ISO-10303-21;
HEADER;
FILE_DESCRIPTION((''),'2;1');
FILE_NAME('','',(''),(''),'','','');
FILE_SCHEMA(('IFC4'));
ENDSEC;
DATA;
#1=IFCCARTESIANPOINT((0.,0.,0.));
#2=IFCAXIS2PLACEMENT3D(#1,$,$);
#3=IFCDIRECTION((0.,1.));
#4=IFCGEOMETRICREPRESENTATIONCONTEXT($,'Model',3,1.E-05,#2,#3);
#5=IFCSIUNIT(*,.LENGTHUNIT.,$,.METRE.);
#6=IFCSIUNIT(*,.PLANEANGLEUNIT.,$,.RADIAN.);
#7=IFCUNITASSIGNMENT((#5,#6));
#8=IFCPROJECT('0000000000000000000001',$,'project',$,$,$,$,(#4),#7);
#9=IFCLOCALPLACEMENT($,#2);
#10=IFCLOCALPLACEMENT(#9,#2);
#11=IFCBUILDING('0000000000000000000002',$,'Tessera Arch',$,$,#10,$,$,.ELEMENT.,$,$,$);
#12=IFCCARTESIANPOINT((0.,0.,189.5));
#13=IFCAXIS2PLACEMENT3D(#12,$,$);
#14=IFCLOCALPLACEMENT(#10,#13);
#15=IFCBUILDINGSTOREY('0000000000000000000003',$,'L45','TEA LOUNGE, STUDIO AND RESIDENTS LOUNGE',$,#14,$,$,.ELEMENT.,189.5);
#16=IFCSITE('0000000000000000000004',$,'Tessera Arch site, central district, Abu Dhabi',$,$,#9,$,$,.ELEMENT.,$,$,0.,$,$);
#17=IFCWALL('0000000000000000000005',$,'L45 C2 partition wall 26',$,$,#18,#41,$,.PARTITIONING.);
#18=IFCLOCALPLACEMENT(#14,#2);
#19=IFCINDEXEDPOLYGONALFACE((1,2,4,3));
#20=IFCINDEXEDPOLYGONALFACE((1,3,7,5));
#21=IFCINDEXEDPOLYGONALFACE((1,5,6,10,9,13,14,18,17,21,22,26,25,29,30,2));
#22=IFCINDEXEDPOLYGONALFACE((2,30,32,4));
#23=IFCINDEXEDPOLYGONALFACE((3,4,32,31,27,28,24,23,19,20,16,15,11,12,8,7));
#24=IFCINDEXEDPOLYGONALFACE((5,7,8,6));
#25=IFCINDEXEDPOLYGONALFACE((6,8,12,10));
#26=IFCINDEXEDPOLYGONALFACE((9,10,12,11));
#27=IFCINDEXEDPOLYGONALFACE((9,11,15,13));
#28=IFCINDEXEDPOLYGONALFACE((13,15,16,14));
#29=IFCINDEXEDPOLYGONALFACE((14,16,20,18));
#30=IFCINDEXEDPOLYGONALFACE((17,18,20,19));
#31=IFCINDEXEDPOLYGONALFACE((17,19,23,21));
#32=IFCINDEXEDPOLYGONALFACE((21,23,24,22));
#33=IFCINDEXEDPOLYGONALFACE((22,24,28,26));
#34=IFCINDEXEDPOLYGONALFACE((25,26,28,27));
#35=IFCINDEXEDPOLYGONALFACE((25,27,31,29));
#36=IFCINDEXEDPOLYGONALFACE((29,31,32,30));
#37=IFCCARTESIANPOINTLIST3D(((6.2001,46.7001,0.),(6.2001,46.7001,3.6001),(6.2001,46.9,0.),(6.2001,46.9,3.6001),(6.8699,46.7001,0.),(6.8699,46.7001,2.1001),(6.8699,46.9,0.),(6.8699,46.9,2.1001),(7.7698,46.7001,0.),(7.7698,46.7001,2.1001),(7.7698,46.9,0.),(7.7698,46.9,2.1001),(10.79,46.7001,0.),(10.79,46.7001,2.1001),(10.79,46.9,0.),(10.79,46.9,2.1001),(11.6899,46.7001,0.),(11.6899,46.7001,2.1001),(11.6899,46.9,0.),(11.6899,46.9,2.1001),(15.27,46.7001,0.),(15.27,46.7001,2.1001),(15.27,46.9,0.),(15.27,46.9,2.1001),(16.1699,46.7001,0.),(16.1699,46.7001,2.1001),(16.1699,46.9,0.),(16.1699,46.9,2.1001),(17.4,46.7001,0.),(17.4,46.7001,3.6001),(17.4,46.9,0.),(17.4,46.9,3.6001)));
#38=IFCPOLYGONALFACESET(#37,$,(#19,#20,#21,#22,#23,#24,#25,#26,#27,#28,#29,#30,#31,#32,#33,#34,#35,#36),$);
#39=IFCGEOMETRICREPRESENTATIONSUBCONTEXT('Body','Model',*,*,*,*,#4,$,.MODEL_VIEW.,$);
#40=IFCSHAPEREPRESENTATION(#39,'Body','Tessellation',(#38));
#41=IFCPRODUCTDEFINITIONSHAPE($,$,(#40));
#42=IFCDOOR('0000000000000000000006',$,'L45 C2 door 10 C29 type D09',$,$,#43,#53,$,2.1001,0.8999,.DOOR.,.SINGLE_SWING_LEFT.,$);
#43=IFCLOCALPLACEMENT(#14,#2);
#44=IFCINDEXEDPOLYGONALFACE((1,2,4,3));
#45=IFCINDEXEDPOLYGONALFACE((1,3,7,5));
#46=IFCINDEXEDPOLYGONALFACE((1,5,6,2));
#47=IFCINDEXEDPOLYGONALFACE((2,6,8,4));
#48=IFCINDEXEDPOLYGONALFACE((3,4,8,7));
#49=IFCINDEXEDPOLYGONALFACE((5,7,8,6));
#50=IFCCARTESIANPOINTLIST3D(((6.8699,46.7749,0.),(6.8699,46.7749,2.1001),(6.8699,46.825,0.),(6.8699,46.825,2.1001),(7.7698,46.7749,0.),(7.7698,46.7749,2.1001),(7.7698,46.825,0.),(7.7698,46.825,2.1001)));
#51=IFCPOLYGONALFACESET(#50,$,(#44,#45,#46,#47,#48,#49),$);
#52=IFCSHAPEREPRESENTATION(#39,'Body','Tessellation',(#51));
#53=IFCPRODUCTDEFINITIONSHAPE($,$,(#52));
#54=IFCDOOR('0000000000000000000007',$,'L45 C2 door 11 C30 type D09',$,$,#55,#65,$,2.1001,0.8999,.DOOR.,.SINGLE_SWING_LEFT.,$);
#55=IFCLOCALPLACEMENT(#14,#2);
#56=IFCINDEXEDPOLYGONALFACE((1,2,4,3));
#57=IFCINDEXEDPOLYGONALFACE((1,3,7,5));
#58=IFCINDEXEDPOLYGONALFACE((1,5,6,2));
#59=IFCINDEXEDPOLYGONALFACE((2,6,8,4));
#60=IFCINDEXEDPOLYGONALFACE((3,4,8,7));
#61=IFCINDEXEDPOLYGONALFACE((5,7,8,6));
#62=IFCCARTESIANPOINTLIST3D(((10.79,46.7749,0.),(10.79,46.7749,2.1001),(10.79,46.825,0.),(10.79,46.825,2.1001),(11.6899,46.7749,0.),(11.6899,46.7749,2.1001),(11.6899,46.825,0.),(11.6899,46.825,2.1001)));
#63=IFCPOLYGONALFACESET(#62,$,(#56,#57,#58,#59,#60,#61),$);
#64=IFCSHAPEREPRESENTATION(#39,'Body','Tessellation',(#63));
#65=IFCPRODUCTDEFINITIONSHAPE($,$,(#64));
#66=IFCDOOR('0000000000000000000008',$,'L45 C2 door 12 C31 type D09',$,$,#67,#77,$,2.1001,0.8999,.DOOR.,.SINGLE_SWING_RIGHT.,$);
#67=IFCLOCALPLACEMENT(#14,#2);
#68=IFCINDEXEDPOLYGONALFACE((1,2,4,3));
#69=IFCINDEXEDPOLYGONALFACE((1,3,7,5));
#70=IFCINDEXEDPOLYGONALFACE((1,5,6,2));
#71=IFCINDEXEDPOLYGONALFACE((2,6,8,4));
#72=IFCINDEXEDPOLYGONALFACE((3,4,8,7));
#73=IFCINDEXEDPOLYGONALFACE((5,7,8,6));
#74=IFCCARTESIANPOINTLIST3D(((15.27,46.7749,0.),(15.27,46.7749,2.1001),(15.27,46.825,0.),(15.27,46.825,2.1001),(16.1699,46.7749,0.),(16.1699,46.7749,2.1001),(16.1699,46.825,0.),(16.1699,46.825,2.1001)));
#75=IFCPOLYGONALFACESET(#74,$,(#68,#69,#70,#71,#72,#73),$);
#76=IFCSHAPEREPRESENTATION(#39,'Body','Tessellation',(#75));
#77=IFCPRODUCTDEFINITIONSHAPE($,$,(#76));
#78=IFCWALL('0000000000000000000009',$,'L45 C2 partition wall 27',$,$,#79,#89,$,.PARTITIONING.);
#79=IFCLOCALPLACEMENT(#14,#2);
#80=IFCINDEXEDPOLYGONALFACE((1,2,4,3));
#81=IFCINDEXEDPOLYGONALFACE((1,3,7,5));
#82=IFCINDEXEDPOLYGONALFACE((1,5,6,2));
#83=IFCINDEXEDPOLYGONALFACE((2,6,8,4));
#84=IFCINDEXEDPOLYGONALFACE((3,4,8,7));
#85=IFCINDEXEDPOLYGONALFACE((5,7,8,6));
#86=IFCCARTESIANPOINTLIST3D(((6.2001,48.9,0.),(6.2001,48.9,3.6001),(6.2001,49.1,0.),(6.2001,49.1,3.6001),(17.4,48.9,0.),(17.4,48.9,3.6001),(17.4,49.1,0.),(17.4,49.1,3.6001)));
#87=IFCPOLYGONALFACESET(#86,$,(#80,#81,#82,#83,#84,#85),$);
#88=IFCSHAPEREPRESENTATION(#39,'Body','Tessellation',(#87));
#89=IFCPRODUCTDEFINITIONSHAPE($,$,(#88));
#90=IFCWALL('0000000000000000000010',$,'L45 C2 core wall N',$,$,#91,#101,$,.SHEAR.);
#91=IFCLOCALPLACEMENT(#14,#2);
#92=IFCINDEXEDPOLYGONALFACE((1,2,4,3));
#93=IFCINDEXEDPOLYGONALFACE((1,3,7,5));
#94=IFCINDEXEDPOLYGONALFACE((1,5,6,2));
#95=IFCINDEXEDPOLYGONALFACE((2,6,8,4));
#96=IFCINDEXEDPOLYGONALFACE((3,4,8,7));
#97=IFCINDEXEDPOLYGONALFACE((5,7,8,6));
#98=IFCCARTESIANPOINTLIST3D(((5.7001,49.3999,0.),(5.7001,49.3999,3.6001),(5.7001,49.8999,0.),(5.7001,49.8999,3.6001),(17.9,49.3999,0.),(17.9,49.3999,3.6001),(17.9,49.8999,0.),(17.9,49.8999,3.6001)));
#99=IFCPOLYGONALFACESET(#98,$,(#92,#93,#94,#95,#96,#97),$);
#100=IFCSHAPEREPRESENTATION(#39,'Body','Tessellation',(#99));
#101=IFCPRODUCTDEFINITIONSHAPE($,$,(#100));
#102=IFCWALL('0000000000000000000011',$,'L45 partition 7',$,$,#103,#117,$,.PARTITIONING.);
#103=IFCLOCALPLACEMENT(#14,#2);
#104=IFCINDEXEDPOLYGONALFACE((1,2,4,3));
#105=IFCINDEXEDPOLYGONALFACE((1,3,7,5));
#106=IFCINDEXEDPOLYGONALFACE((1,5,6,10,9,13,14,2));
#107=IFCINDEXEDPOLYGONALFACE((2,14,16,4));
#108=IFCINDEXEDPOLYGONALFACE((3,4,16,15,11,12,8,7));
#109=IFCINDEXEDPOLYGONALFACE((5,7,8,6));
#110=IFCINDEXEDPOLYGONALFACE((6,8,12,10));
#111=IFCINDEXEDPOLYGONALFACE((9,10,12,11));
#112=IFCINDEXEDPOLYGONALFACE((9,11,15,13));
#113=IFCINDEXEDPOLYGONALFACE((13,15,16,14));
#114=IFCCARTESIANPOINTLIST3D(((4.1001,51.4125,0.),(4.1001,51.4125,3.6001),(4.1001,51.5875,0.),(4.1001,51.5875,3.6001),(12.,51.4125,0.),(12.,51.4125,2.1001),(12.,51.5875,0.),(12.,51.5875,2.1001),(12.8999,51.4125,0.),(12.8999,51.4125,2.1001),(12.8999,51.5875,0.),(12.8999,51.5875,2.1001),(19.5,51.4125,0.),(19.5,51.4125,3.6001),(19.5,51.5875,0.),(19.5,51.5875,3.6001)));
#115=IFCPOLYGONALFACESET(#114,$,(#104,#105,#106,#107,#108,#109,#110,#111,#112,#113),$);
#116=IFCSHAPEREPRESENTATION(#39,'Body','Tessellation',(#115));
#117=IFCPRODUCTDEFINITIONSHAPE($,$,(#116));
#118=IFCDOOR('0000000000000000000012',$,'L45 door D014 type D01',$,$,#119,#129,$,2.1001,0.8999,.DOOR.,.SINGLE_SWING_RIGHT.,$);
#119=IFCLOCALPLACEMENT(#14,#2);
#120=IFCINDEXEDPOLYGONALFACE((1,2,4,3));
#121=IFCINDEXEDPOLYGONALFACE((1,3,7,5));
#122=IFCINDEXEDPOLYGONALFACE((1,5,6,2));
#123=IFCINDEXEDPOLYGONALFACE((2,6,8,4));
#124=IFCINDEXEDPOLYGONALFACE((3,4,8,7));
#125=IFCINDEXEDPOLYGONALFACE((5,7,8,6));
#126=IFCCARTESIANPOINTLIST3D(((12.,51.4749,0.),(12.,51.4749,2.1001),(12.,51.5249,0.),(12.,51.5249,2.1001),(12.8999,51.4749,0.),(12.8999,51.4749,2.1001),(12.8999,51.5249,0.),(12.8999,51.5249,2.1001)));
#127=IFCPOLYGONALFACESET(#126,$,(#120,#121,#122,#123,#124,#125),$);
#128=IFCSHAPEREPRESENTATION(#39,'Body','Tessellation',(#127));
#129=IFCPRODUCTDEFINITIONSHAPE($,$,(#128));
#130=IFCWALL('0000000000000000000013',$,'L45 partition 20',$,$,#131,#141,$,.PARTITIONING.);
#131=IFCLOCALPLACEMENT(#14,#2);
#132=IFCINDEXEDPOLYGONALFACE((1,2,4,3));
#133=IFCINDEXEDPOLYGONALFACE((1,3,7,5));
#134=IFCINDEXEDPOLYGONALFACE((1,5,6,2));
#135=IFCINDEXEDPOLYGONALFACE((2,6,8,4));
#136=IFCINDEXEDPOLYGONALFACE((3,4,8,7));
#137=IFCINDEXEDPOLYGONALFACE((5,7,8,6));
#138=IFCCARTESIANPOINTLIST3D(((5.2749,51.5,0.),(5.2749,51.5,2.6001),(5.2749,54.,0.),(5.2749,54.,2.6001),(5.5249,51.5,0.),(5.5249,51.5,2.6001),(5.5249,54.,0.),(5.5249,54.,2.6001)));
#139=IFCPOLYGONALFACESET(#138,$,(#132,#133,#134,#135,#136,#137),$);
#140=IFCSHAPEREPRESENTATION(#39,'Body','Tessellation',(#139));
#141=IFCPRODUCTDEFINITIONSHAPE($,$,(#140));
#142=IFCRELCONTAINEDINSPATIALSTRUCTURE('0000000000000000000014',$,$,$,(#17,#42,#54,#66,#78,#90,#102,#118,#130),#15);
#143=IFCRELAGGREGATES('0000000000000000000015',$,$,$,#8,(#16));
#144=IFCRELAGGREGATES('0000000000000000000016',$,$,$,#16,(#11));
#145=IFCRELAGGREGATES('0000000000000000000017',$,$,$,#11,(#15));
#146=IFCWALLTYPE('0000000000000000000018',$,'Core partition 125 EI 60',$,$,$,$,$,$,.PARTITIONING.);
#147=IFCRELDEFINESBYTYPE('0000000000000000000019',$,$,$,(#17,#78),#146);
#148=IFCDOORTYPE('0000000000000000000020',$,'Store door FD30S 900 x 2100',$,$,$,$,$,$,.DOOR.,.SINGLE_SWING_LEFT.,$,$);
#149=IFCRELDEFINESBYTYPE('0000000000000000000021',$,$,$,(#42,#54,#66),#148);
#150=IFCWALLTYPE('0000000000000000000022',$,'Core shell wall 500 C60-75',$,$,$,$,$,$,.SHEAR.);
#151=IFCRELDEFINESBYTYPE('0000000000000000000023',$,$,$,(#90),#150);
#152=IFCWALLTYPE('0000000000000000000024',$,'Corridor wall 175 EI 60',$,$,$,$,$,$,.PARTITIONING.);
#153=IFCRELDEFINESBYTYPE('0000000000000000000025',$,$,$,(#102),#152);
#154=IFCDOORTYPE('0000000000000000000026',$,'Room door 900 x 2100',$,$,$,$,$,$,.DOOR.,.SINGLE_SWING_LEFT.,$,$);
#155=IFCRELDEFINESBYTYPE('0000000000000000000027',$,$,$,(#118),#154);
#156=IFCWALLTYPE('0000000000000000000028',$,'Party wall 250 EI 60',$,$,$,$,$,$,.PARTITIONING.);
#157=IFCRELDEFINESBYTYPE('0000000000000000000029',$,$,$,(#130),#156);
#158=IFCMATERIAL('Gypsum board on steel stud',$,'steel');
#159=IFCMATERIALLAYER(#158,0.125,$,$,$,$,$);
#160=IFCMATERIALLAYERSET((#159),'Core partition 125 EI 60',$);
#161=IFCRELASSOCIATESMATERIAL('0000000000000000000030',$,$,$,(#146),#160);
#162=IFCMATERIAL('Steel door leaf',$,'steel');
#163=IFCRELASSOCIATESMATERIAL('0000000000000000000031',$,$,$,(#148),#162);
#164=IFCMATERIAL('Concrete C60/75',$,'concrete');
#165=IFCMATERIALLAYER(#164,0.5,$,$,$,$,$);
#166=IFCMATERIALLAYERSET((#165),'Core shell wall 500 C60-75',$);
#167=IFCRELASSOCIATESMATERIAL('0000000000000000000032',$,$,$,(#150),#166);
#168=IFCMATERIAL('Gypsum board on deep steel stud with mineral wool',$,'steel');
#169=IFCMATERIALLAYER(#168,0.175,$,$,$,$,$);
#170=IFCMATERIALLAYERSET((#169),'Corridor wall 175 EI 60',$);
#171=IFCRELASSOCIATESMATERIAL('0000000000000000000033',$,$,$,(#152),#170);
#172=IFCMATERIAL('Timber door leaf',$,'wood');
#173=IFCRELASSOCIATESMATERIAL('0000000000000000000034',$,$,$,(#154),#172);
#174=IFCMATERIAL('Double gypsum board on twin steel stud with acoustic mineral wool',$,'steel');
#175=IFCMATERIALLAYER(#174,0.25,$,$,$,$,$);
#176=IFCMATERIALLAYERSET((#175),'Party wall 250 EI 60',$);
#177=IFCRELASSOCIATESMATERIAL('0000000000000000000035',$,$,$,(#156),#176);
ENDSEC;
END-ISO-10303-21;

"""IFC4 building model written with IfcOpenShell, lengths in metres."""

from ifc_helpers import new_model, si_unit, direction, frame, frame_2d, origin, place, context, subcontext, project, spatial, rectangle, extrude, material, layer, layer_set, type_object, element, fill, save


model = new_model("IFC4")

# Units and contexts
model_context = context("Model", 3, precision=1e-05, world=origin(), true_north=direction((0.0, 1.0)))
body_context = subcontext(model_context, "Body", "Model", "MODEL_VIEW")
ifc_project = project(units=[si_unit("LENGTHUNIT", "METRE"), si_unit("PLANEANGLEUNIT", "RADIAN")], contexts=[model_context])

# Site, building, storey
site_placement = place(None, origin())
site = spatial("IfcSite", under=ifc_project, at=site_placement, Name="Tessera Arch site, central district, Abu Dhabi", CompositionType="ELEMENT", RefElevation=0.0)
building_placement = place(site_placement, origin())
building = spatial("IfcBuilding", under=site, at=building_placement, Name="Tessera Arch", CompositionType="ELEMENT")
storey_placement = place(building_placement, frame((0.0, 0.0, 189.5)))
storey = spatial("IfcBuildingStorey", under=building, at=storey_placement, Name="L45", Description="TEA LOUNGE, STUDIO AND RESIDENTS LOUNGE", CompositionType="ELEMENT", Elevation=189.5)

# Shared definitions
ifc_material_1 = material(Name="Gypsum board on steel stud", Category="steel")
ifc_layer_1 = layer(ifc_material_1, 0.125)
ifc_layer_set_1 = layer_set([ifc_layer_1], Name="Core partition 125 EI 60")
wall_type_1 = type_object("IfcWallType", Name="Core partition 125 EI 60", PredefinedType="PARTITIONING", material=ifc_layer_set_1)

# Wall, openings, doors
wall_1_placement = place(storey_placement, frame((6.2, 46.8, 0.0), z_axis=(0.0, 0.0, 1.0), x_axis=(1.0, 0.0, 0.0)))
wall_1 = element("IfcWall", 1, at=wall_1_placement, inside=storey, type_object=wall_type_1, Name="L45 C2 partition wall 26", PredefinedType="PARTITIONING", context=body_context, shape_type="SweptSolid", body=[
    extrude(rectangle(XDim=11.2, YDim=0.2, at=frame_2d((5.6001, 0.0))), origin(), (0.0, 0.0, 1.0), 3.6001),
])
opening_1_placement = place(wall_1_placement, frame((0.6699, 0.0, 0.0)))
opening_1 = element("IfcOpeningElement", 2, at=opening_1_placement, cuts=wall_1, PredefinedType="OPENING", context=body_context, shape_type="SweptSolid", body=[
    extrude(rectangle(XDim=0.8999, YDim=2.1001, at=frame_2d((0.45, 1.05))), frame((0.0, 0.1099, 0.0), z_axis=(0.0, -1.0, 0.0), x_axis=(1.0, 0.0, 0.0)), (0.0, 0.0, 1.0), 0.22),
])
opening_2_placement = place(wall_1_placement, frame((4.5901, 0.0, 0.0)))
opening_2 = element("IfcOpeningElement", 3, at=opening_2_placement, cuts=wall_1, PredefinedType="OPENING", context=body_context, shape_type="SweptSolid", body=[
    extrude(rectangle(XDim=0.8999, YDim=2.1001, at=frame_2d((0.45, 1.05))), frame((0.0, 0.1099, 0.0), z_axis=(0.0, -1.0, 0.0), x_axis=(1.0, 0.0, 0.0)), (0.0, 0.0, 1.0), 0.22),
])
opening_3_placement = place(wall_1_placement, frame((9.0701, 0.0, 0.0)))
opening_3 = element("IfcOpeningElement", 4, at=opening_3_placement, cuts=wall_1, PredefinedType="OPENING", context=body_context, shape_type="SweptSolid", body=[
    extrude(rectangle(XDim=0.8999, YDim=2.1001, at=frame_2d((0.45, 1.05))), frame((0.0, 0.1099, 0.0), z_axis=(0.0, -1.0, 0.0), x_axis=(1.0, 0.0, 0.0)), (0.0, 0.0, 1.0), 0.22),
])
ifc_material_2 = material(Name="Steel door leaf", Category="steel")
door_type_1 = type_object("IfcDoorType", Name="Store door FD30S 900 x 2100", OperationType="SINGLE_SWING_LEFT", PredefinedType="DOOR", material=ifc_material_2)
door_1_placement = place(opening_1_placement, origin())
door_1 = element("IfcDoor", 5, at=door_1_placement, inside=storey, type_object=door_type_1, Name="L45 C2 door 10 C29 type D09", OperationType="SINGLE_SWING_LEFT", OverallHeight=2.1001, OverallWidth=0.8999, PredefinedType="DOOR", context=body_context, shape_type="SweptSolid", body=[
    extrude(rectangle(XDim=0.8999, YDim=2.1001, at=frame_2d((0.45, 1.05))), frame((0.0, 0.0249, 0.0), z_axis=(0.0, -1.0, 0.0), x_axis=(1.0, 0.0, 0.0)), (0.0, 0.0, 1.0), 0.05),
])
fill(opening_1, door_1)
door_2_placement = place(opening_2_placement, origin())
door_2 = element("IfcDoor", 6, at=door_2_placement, inside=storey, type_object=door_type_1, Name="L45 C2 door 11 C30 type D09", OperationType="SINGLE_SWING_LEFT", OverallHeight=2.1001, OverallWidth=0.8999, PredefinedType="DOOR", context=body_context, shape_type="SweptSolid", body=[
    extrude(rectangle(XDim=0.8999, YDim=2.1001, at=frame_2d((0.45, 1.05))), frame((0.0, 0.0249, 0.0), z_axis=(0.0, -1.0, 0.0), x_axis=(1.0, 0.0, 0.0)), (0.0, 0.0, 1.0), 0.05),
])
fill(opening_2, door_2)
door_3_placement = place(opening_3_placement, origin())
door_3 = element("IfcDoor", 7, at=door_3_placement, inside=storey, type_object=door_type_1, Name="L45 C2 door 12 C31 type D09", OperationType="SINGLE_SWING_RIGHT", OverallHeight=2.1001, OverallWidth=0.8999, PredefinedType="DOOR", context=body_context, shape_type="SweptSolid", body=[
    extrude(rectangle(XDim=0.8999, YDim=2.1001, at=frame_2d((0.45, 1.05))), frame((0.0, 0.0249, 0.0), z_axis=(0.0, -1.0, 0.0), x_axis=(1.0, 0.0, 0.0)), (0.0, 0.0, 1.0), 0.05),
])
fill(opening_3, door_3)

# Walls
wall_2_placement = place(storey_placement, frame((6.2, 49.0, 0.0), z_axis=(0.0, 0.0, 1.0), x_axis=(1.0, 0.0, 0.0)))
element("IfcWall", 8, at=wall_2_placement, inside=storey, type_object=wall_type_1, Name="L45 C2 partition wall 27", PredefinedType="PARTITIONING", context=body_context, shape_type="SweptSolid", body=[
    extrude(rectangle(XDim=11.2, YDim=0.2, at=frame_2d((5.6001, 0.0))), origin(), (0.0, 0.0, 1.0), 3.6001),
])
ifc_material_3 = material(Name="Concrete C60/75", Category="concrete")
ifc_layer_2 = layer(ifc_material_3, 0.5)
ifc_layer_set_2 = layer_set([ifc_layer_2], Name="Core shell wall 500 C60-75")
wall_type_2 = type_object("IfcWallType", Name="Core shell wall 500 C60-75", PredefinedType="SHEAR", material=ifc_layer_set_2)
wall_3_placement = place(storey_placement, frame((5.7, 49.6499, 0.0), z_axis=(0.0, 0.0, 1.0), x_axis=(1.0, 0.0, 0.0)))
element("IfcWall", 9, at=wall_3_placement, inside=storey, type_object=wall_type_2, Name="L45 C2 core wall N", PredefinedType="SHEAR", context=body_context, shape_type="SweptSolid", body=[
    extrude(rectangle(XDim=12.2, YDim=0.5, at=frame_2d((6.1001, 0.0))), origin(), (0.0, 0.0, 1.0), 3.6001),
])

# Wall, opening, door
ifc_material_4 = material(Name="Gypsum board on deep steel stud with mineral wool", Category="steel")
ifc_layer_3 = layer(ifc_material_4, 0.175)
ifc_layer_set_3 = layer_set([ifc_layer_3], Name="Corridor wall 175 EI 60")
wall_type_3 = type_object("IfcWallType", Name="Corridor wall 175 EI 60", PredefinedType="PARTITIONING", material=ifc_layer_set_3)
wall_4_placement = place(storey_placement, frame((4.1001, 51.5, 0.0), z_axis=(0.0, 0.0, 1.0), x_axis=(1.0, 0.0, 0.0)))
wall_4 = element("IfcWall", 10, at=wall_4_placement, inside=storey, type_object=wall_type_3, Name="L45 partition 7", PredefinedType="PARTITIONING", context=body_context, shape_type="SweptSolid", body=[
    extrude(rectangle(XDim=15.3999, YDim=0.175, at=frame_2d((7.7, 0.0))), origin(), (0.0, 0.0, 1.0), 3.6001),
])
opening_4_placement = place(wall_4_placement, frame((7.8999, 0.0, 0.0)))
opening_4 = element("IfcOpeningElement", 11, at=opening_4_placement, cuts=wall_4, PredefinedType="OPENING", context=body_context, shape_type="SweptSolid", body=[
    extrude(rectangle(XDim=0.8999, YDim=2.1001, at=frame_2d((0.45, 1.05))), frame((0.0, 0.0974, 0.0), z_axis=(0.0, -1.0, 0.0), x_axis=(1.0, 0.0, 0.0)), (0.0, 0.0, 1.0), 0.1951),
])
ifc_material_5 = material(Name="Timber door leaf", Category="wood")
door_type_2 = type_object("IfcDoorType", Name="Room door 900 x 2100", OperationType="SINGLE_SWING_LEFT", PredefinedType="DOOR", material=ifc_material_5)
door_4_placement = place(opening_4_placement, origin())
door_4 = element("IfcDoor", 12, at=door_4_placement, inside=storey, type_object=door_type_2, Name="L45 door D014 type D01", OperationType="SINGLE_SWING_RIGHT", OverallHeight=2.1001, OverallWidth=0.8999, PredefinedType="DOOR", context=body_context, shape_type="SweptSolid", body=[
    extrude(rectangle(XDim=0.8999, YDim=2.1001, at=frame_2d((0.45, 1.05))), frame((0.0, 0.0249, 0.0), z_axis=(0.0, -1.0, 0.0), x_axis=(1.0, 0.0, 0.0)), (0.0, 0.0, 1.0), 0.05),
])
fill(opening_4, door_4)

# Wall
ifc_material_6 = material(Name="Double gypsum board on twin steel stud with acoustic mineral wool", Category="steel")
ifc_layer_4 = layer(ifc_material_6, 0.25)
ifc_layer_set_4 = layer_set([ifc_layer_4], Name="Party wall 250 EI 60")
wall_type_4 = type_object("IfcWallType", Name="Party wall 250 EI 60", PredefinedType="PARTITIONING", material=ifc_layer_set_4)
wall_5_placement = place(storey_placement, frame((5.3999, 51.5, 0.0), z_axis=(0.0, 0.0, 1.0), x_axis=(0.0, 1.0, 0.0)))
element("IfcWall", 13, at=wall_5_placement, inside=storey, type_object=wall_type_4, Name="L45 partition 20", PredefinedType="PARTITIONING", context=body_context, shape_type="SweptSolid", body=[
    extrude(rectangle(XDim=2.5, YDim=0.25, at=frame_2d((1.25, 0.0))), origin(), (0.0, 0.0, 1.0), 2.6001),
])

save(model, "model.ifc")
